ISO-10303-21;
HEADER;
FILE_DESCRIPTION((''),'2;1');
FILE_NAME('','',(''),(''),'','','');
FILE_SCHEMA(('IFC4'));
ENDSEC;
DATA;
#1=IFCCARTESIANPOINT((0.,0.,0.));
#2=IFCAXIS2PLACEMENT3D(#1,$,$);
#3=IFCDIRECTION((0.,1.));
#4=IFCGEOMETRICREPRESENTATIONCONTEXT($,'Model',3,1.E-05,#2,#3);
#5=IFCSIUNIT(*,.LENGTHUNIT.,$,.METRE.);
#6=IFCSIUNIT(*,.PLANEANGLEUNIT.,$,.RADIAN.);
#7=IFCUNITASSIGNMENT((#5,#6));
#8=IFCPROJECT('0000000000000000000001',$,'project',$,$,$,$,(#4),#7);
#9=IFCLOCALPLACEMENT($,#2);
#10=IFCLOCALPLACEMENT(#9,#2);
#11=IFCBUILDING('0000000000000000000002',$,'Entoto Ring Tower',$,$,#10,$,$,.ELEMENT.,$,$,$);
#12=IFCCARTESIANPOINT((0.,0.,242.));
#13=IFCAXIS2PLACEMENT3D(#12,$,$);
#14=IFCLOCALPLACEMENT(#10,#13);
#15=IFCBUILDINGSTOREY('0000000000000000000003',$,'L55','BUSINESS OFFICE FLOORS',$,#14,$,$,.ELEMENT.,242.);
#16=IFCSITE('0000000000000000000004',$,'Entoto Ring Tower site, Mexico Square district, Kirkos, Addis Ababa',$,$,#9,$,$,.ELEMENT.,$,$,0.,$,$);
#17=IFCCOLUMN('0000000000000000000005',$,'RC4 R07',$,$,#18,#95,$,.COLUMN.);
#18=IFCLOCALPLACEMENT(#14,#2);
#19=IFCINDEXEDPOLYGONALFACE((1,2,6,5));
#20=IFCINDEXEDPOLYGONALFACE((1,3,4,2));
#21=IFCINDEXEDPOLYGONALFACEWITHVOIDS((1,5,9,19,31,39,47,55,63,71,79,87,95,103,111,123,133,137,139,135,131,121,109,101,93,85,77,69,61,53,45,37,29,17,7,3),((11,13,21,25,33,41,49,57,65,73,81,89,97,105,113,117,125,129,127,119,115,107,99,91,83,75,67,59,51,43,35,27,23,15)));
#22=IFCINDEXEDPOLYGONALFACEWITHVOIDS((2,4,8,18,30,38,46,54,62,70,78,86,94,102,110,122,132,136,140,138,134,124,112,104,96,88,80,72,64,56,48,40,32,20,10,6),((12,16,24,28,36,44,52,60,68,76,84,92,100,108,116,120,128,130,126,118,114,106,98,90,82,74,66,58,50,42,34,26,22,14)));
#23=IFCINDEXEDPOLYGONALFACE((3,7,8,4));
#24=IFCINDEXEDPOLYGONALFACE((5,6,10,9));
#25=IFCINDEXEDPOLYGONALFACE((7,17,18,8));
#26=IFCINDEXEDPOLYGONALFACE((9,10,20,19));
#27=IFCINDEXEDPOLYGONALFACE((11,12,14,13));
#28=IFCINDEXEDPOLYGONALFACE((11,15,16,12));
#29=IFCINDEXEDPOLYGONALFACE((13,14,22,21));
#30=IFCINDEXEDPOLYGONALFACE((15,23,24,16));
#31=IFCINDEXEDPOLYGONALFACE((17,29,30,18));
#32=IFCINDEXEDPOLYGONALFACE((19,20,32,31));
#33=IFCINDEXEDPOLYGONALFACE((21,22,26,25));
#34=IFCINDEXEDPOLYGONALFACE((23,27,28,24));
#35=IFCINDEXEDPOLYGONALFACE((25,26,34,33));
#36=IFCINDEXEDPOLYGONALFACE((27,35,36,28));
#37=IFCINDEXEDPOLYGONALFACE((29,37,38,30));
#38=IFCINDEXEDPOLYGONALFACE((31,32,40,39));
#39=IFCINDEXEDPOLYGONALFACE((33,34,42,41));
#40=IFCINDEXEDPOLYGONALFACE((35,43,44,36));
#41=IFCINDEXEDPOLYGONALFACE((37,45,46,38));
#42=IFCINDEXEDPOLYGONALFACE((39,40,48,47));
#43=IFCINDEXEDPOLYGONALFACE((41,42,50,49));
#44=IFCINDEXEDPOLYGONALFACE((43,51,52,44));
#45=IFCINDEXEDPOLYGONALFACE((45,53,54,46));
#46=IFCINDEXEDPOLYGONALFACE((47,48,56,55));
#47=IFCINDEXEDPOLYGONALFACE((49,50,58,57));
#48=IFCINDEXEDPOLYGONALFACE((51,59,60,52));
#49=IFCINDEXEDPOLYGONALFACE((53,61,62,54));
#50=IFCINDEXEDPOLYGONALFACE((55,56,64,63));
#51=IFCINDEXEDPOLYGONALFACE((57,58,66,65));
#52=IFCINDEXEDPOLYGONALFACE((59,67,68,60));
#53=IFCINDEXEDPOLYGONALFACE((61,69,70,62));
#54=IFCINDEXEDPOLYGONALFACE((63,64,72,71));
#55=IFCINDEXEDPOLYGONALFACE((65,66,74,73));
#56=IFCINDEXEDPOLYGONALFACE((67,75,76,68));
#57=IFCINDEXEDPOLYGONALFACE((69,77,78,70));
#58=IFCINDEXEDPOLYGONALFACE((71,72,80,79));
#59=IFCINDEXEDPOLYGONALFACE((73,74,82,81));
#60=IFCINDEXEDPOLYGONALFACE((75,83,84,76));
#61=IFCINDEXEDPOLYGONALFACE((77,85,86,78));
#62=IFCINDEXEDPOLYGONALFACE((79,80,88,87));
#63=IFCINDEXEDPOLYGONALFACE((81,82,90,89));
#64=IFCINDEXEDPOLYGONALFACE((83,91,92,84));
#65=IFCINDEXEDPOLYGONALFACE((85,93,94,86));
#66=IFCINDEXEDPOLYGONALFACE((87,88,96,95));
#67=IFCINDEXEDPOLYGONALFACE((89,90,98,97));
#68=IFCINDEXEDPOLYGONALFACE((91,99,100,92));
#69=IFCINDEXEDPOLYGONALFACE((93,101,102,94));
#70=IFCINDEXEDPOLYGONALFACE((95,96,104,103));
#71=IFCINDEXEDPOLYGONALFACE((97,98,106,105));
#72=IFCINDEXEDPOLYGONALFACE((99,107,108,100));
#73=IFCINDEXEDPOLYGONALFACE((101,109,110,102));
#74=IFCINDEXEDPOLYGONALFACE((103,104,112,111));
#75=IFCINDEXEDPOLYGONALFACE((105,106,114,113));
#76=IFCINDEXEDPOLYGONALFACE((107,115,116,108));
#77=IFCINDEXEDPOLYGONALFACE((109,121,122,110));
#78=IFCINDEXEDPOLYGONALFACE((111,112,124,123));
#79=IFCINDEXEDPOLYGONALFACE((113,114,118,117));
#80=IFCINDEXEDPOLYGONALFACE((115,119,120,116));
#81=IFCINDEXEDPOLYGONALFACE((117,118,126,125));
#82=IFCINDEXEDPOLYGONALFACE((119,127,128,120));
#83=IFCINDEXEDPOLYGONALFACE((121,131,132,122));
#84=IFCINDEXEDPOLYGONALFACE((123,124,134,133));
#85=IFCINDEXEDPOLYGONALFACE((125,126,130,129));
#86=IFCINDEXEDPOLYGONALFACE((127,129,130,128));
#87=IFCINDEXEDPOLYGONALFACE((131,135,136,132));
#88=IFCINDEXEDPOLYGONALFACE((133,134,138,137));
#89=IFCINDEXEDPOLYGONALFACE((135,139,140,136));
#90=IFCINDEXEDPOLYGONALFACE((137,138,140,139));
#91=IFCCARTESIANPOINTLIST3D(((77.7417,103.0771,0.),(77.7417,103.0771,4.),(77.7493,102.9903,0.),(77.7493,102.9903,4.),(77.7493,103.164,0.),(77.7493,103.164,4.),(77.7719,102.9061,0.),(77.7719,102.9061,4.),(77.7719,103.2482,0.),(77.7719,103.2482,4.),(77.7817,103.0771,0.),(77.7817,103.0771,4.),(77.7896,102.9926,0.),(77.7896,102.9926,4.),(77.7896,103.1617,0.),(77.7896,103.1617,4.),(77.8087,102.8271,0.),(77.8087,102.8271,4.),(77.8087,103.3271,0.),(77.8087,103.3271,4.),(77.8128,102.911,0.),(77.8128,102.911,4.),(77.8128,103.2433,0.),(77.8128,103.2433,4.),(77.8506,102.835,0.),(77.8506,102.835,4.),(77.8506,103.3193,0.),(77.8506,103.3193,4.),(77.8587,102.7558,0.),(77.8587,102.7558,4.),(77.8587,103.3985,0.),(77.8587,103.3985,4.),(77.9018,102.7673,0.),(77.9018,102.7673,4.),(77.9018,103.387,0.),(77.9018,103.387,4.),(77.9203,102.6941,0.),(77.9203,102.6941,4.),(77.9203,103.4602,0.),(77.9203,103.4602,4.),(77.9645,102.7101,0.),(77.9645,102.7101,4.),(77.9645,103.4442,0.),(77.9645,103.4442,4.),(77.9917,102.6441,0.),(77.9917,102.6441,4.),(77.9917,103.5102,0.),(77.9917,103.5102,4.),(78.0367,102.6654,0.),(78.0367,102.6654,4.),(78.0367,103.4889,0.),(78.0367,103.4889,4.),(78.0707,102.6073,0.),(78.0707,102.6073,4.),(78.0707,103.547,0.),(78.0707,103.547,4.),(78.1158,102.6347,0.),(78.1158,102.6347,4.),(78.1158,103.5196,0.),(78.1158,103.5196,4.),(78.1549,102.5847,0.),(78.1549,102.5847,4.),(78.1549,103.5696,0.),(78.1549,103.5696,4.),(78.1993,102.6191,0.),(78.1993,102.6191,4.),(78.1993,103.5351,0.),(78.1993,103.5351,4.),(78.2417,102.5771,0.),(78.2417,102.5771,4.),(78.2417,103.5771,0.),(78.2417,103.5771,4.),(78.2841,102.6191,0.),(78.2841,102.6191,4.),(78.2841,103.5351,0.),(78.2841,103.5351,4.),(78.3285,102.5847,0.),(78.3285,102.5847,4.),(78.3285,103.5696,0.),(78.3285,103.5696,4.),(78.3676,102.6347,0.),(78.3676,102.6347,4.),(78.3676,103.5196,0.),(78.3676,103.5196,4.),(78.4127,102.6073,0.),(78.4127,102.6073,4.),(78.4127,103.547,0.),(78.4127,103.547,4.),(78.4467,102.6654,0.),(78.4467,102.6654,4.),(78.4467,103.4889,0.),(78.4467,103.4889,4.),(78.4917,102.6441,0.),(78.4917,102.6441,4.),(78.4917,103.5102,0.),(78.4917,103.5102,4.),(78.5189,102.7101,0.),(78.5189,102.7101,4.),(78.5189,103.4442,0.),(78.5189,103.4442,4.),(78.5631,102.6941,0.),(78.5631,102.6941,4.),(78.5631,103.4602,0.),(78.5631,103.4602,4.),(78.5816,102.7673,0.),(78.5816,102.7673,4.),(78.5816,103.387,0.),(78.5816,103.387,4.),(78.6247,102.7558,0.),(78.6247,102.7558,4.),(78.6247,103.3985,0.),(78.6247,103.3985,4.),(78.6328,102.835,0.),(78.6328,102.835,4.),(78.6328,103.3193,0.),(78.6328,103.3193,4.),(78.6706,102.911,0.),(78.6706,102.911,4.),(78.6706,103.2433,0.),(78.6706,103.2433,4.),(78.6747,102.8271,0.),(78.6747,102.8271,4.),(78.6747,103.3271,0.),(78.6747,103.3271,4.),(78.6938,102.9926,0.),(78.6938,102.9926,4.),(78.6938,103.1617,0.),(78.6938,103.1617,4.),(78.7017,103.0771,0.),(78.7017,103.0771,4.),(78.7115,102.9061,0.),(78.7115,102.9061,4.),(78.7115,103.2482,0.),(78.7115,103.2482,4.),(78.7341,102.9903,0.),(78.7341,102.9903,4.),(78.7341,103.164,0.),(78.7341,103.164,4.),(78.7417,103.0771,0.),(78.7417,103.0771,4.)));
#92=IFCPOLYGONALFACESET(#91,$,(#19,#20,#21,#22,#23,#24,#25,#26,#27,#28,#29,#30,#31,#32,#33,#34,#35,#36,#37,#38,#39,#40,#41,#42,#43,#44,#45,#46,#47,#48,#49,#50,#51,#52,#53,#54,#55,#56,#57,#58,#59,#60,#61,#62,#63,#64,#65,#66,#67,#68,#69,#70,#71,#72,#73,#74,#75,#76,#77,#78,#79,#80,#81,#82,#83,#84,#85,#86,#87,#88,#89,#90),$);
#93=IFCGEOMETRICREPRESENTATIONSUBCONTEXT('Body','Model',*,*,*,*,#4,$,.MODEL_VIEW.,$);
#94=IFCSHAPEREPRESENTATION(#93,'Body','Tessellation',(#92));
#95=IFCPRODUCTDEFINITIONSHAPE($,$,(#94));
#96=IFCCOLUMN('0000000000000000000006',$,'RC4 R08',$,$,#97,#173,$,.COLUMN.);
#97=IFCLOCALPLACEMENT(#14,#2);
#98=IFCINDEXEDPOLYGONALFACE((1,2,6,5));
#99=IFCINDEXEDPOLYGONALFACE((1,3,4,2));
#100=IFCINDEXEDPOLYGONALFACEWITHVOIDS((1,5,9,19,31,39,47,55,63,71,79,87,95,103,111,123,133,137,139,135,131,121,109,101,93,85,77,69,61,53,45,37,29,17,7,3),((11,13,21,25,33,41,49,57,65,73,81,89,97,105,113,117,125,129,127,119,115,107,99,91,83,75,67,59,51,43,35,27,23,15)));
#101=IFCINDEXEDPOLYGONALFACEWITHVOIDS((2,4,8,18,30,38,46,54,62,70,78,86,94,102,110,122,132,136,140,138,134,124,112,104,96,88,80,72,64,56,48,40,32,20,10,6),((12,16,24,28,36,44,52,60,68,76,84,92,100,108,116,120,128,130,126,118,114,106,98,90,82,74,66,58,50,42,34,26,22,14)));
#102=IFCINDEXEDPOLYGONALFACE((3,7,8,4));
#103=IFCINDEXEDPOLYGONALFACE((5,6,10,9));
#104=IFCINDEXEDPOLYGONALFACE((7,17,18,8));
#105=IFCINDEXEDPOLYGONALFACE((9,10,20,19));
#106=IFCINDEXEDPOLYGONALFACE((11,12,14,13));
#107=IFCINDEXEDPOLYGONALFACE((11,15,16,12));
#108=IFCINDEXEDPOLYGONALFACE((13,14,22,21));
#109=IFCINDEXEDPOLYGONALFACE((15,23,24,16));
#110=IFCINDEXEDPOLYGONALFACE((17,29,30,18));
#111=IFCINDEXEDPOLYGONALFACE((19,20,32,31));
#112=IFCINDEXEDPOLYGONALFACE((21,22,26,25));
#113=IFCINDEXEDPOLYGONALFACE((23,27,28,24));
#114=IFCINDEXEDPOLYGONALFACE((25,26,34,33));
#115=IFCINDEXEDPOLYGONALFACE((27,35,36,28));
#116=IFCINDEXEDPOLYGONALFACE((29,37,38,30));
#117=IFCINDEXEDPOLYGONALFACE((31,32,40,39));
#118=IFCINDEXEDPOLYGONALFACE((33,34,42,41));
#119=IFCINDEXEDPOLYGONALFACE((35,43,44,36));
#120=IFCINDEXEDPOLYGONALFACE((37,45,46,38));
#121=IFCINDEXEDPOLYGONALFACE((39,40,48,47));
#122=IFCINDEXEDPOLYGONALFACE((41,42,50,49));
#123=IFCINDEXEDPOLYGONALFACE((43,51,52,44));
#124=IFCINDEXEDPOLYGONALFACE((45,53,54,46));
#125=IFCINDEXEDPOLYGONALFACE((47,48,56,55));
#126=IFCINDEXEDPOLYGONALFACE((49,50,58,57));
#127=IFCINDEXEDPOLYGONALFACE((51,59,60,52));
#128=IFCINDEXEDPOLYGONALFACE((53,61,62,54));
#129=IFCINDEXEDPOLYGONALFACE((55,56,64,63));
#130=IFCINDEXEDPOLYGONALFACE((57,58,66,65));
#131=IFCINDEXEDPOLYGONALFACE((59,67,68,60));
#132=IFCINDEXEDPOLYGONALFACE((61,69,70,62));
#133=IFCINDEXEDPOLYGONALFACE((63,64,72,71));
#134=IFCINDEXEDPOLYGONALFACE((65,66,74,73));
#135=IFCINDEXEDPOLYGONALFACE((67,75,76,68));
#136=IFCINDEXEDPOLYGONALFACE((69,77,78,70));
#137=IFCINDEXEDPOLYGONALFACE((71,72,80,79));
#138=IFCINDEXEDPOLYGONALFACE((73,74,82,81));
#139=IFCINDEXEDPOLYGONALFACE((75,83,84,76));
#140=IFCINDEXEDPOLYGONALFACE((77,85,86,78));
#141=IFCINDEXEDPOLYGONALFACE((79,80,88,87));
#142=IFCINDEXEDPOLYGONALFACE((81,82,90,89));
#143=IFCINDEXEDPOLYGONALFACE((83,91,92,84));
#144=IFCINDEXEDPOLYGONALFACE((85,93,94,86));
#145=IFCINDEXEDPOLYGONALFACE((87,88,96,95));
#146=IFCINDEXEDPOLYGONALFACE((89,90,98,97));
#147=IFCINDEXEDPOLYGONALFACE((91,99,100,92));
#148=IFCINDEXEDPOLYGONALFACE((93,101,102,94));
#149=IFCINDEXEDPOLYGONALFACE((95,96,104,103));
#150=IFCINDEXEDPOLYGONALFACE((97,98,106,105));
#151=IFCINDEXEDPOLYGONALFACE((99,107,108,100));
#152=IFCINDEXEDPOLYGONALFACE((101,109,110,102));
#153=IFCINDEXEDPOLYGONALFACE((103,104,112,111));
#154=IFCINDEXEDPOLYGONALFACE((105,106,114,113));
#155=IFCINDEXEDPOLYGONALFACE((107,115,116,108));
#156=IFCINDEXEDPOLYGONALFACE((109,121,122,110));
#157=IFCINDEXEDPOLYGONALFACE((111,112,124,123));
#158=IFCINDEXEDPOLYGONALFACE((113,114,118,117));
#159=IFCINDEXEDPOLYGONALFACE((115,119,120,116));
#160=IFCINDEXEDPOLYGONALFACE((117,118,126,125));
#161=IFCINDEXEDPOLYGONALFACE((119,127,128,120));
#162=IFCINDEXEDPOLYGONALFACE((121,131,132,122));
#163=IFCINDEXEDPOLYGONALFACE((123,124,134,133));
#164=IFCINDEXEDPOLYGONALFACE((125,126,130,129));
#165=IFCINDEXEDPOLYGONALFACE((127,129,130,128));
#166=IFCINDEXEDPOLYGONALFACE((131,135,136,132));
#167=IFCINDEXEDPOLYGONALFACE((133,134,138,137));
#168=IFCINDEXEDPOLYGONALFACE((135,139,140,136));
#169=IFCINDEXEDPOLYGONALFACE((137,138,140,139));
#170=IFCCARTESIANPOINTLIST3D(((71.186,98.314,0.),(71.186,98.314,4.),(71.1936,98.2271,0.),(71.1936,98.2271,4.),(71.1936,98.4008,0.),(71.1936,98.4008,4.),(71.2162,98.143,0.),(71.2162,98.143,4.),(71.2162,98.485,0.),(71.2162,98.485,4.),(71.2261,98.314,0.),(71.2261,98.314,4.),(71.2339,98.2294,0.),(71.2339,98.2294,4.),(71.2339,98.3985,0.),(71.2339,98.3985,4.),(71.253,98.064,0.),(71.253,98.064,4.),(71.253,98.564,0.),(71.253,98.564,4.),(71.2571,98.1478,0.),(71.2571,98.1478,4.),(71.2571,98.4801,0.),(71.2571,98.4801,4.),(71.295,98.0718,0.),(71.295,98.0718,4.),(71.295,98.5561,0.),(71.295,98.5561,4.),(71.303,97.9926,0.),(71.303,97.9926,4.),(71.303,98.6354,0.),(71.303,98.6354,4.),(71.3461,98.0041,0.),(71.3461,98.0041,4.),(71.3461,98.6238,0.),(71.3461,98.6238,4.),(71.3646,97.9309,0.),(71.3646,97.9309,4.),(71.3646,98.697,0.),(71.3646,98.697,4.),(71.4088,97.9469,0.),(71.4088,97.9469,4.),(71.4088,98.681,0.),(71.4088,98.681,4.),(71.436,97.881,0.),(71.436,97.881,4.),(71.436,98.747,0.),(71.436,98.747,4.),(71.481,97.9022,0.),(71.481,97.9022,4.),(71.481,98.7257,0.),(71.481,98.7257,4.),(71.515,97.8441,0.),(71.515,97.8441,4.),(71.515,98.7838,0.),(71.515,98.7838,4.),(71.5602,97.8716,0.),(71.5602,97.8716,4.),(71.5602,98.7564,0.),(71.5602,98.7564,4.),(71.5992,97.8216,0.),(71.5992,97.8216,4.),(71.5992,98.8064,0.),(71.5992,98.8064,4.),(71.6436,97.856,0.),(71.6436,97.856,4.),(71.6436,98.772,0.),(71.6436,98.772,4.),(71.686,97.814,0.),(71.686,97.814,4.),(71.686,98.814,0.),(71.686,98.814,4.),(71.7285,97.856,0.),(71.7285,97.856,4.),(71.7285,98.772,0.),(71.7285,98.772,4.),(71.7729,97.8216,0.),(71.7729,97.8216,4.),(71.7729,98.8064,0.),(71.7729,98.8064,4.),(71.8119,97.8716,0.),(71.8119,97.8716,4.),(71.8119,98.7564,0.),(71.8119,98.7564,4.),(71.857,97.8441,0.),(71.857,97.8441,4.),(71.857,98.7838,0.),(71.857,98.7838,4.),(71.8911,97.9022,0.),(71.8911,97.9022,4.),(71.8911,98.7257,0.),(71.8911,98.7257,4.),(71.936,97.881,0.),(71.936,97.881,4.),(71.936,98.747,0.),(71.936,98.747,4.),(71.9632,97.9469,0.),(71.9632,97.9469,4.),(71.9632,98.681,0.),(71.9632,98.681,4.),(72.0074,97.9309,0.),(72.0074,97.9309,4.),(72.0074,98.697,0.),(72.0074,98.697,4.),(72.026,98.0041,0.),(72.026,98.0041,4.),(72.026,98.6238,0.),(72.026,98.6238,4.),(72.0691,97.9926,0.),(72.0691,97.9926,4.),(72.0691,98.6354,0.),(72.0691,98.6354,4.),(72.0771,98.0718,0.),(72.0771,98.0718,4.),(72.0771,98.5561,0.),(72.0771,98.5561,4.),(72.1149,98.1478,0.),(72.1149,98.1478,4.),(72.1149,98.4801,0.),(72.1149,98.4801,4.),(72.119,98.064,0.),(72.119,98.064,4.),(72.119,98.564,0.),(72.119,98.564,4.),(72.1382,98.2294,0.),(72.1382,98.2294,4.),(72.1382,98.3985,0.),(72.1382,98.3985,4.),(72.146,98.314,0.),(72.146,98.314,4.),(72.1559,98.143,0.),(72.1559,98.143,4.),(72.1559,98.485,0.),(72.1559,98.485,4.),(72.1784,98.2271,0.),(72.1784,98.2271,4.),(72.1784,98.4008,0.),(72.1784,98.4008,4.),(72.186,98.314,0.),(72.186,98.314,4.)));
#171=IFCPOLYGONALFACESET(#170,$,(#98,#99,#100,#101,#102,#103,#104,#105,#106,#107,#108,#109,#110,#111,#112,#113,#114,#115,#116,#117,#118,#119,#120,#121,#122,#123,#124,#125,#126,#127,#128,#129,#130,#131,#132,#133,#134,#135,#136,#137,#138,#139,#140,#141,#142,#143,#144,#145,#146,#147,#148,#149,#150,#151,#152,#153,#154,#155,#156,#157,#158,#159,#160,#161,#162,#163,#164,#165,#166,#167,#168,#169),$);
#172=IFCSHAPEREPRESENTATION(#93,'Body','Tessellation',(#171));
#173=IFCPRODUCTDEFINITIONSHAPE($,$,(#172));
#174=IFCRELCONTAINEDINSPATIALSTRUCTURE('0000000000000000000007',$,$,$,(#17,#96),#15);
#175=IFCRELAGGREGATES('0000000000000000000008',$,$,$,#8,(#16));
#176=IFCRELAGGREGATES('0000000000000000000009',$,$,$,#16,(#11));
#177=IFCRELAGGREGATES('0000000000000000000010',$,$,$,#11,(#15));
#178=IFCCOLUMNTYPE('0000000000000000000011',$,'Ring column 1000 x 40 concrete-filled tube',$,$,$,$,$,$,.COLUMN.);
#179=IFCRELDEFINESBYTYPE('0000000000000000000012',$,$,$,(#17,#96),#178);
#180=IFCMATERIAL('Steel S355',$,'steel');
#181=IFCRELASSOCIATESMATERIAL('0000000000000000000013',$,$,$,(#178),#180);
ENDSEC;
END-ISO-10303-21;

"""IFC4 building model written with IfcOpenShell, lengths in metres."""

from ifc_helpers import new_model, si_unit, direction, frame, origin, origin_2d, place, context, subcontext, project, spatial, circle, hollow_circle, extrude, material, material_profile, profile_set, type_object, element, save


model = new_model("IFC4")

# Units and contexts
model_context = context("Model", 3, precision=1e-05, world=origin(), true_north=direction((0.0, 1.0)))
body_context = subcontext(model_context, "Body", "Model", "MODEL_VIEW")
ifc_project = project(units=[si_unit("LENGTHUNIT", "METRE"), si_unit("PLANEANGLEUNIT", "RADIAN")], contexts=[model_context])

# Site, building, storey
site_placement = place(None, origin())
site = spatial("IfcSite", under=ifc_project, at=site_placement, Name="Entoto Ring Tower site, Mexico Square district, Kirkos, Addis Ababa", CompositionType="ELEMENT", RefElevation=0.0)
building_placement = place(site_placement, origin())
building = spatial("IfcBuilding", under=site, at=building_placement, Name="Entoto Ring Tower", CompositionType="ELEMENT")
storey_placement = place(building_placement, frame((0.0, 0.0, 242.0)))
storey = spatial("IfcBuildingStorey", under=building, at=storey_placement, Name="L55", Description="BUSINESS OFFICE FLOORS", CompositionType="ELEMENT", Elevation=242.0)

# Columns
ifc_material_1 = material(Name="Steel S355", Category="steel")
ifc_material_profile_1 = material_profile(ifc_material_1, hollow_circle(Radius=0.5, WallThickness=0.04, at=origin_2d()), Name="CHS 1000 x 40")
ifc_material_2 = material(Name="Concrete C60/75", Category="concrete")
ifc_material_profile_2 = material_profile(ifc_material_2, circle(Radius=0.46, at=origin_2d()), Name="Concrete C60/75 infill")
ifc_profile_set_1 = profile_set([ifc_material_profile_1, ifc_material_profile_2], Name="Steel S355")
column_type = type_object("IfcColumnType", Name="Ring column 1000 x 40 concrete-filled tube", PredefinedType="COLUMN", material=ifc_profile_set_1)
for number, where, z_axis, x_axis, name in (
    (1, (78.2417, 103.0771, 0.0), (0.0, 0.0, 1.0), (1.0, 0.0, 0.0), "RC4 R07"),
    (2, (71.686, 98.314, 0.0), (0.0, 0.0, 1.0), (1.0, 0.0, 0.0), "RC4 R08"),
):
    element("IfcColumn", number, at=place(storey_placement, frame(where, z_axis=z_axis, x_axis=x_axis)), inside=storey, type_object=column_type, Name=name, PredefinedType="COLUMN", context=body_context, shape_type="SweptSolid", body=[
        extrude(hollow_circle(Radius=0.5, WallThickness=0.04, at=origin_2d()), origin(), (0.0, 0.0, 1.0), 4.0),
    ])

save(model, "model.ifc")
